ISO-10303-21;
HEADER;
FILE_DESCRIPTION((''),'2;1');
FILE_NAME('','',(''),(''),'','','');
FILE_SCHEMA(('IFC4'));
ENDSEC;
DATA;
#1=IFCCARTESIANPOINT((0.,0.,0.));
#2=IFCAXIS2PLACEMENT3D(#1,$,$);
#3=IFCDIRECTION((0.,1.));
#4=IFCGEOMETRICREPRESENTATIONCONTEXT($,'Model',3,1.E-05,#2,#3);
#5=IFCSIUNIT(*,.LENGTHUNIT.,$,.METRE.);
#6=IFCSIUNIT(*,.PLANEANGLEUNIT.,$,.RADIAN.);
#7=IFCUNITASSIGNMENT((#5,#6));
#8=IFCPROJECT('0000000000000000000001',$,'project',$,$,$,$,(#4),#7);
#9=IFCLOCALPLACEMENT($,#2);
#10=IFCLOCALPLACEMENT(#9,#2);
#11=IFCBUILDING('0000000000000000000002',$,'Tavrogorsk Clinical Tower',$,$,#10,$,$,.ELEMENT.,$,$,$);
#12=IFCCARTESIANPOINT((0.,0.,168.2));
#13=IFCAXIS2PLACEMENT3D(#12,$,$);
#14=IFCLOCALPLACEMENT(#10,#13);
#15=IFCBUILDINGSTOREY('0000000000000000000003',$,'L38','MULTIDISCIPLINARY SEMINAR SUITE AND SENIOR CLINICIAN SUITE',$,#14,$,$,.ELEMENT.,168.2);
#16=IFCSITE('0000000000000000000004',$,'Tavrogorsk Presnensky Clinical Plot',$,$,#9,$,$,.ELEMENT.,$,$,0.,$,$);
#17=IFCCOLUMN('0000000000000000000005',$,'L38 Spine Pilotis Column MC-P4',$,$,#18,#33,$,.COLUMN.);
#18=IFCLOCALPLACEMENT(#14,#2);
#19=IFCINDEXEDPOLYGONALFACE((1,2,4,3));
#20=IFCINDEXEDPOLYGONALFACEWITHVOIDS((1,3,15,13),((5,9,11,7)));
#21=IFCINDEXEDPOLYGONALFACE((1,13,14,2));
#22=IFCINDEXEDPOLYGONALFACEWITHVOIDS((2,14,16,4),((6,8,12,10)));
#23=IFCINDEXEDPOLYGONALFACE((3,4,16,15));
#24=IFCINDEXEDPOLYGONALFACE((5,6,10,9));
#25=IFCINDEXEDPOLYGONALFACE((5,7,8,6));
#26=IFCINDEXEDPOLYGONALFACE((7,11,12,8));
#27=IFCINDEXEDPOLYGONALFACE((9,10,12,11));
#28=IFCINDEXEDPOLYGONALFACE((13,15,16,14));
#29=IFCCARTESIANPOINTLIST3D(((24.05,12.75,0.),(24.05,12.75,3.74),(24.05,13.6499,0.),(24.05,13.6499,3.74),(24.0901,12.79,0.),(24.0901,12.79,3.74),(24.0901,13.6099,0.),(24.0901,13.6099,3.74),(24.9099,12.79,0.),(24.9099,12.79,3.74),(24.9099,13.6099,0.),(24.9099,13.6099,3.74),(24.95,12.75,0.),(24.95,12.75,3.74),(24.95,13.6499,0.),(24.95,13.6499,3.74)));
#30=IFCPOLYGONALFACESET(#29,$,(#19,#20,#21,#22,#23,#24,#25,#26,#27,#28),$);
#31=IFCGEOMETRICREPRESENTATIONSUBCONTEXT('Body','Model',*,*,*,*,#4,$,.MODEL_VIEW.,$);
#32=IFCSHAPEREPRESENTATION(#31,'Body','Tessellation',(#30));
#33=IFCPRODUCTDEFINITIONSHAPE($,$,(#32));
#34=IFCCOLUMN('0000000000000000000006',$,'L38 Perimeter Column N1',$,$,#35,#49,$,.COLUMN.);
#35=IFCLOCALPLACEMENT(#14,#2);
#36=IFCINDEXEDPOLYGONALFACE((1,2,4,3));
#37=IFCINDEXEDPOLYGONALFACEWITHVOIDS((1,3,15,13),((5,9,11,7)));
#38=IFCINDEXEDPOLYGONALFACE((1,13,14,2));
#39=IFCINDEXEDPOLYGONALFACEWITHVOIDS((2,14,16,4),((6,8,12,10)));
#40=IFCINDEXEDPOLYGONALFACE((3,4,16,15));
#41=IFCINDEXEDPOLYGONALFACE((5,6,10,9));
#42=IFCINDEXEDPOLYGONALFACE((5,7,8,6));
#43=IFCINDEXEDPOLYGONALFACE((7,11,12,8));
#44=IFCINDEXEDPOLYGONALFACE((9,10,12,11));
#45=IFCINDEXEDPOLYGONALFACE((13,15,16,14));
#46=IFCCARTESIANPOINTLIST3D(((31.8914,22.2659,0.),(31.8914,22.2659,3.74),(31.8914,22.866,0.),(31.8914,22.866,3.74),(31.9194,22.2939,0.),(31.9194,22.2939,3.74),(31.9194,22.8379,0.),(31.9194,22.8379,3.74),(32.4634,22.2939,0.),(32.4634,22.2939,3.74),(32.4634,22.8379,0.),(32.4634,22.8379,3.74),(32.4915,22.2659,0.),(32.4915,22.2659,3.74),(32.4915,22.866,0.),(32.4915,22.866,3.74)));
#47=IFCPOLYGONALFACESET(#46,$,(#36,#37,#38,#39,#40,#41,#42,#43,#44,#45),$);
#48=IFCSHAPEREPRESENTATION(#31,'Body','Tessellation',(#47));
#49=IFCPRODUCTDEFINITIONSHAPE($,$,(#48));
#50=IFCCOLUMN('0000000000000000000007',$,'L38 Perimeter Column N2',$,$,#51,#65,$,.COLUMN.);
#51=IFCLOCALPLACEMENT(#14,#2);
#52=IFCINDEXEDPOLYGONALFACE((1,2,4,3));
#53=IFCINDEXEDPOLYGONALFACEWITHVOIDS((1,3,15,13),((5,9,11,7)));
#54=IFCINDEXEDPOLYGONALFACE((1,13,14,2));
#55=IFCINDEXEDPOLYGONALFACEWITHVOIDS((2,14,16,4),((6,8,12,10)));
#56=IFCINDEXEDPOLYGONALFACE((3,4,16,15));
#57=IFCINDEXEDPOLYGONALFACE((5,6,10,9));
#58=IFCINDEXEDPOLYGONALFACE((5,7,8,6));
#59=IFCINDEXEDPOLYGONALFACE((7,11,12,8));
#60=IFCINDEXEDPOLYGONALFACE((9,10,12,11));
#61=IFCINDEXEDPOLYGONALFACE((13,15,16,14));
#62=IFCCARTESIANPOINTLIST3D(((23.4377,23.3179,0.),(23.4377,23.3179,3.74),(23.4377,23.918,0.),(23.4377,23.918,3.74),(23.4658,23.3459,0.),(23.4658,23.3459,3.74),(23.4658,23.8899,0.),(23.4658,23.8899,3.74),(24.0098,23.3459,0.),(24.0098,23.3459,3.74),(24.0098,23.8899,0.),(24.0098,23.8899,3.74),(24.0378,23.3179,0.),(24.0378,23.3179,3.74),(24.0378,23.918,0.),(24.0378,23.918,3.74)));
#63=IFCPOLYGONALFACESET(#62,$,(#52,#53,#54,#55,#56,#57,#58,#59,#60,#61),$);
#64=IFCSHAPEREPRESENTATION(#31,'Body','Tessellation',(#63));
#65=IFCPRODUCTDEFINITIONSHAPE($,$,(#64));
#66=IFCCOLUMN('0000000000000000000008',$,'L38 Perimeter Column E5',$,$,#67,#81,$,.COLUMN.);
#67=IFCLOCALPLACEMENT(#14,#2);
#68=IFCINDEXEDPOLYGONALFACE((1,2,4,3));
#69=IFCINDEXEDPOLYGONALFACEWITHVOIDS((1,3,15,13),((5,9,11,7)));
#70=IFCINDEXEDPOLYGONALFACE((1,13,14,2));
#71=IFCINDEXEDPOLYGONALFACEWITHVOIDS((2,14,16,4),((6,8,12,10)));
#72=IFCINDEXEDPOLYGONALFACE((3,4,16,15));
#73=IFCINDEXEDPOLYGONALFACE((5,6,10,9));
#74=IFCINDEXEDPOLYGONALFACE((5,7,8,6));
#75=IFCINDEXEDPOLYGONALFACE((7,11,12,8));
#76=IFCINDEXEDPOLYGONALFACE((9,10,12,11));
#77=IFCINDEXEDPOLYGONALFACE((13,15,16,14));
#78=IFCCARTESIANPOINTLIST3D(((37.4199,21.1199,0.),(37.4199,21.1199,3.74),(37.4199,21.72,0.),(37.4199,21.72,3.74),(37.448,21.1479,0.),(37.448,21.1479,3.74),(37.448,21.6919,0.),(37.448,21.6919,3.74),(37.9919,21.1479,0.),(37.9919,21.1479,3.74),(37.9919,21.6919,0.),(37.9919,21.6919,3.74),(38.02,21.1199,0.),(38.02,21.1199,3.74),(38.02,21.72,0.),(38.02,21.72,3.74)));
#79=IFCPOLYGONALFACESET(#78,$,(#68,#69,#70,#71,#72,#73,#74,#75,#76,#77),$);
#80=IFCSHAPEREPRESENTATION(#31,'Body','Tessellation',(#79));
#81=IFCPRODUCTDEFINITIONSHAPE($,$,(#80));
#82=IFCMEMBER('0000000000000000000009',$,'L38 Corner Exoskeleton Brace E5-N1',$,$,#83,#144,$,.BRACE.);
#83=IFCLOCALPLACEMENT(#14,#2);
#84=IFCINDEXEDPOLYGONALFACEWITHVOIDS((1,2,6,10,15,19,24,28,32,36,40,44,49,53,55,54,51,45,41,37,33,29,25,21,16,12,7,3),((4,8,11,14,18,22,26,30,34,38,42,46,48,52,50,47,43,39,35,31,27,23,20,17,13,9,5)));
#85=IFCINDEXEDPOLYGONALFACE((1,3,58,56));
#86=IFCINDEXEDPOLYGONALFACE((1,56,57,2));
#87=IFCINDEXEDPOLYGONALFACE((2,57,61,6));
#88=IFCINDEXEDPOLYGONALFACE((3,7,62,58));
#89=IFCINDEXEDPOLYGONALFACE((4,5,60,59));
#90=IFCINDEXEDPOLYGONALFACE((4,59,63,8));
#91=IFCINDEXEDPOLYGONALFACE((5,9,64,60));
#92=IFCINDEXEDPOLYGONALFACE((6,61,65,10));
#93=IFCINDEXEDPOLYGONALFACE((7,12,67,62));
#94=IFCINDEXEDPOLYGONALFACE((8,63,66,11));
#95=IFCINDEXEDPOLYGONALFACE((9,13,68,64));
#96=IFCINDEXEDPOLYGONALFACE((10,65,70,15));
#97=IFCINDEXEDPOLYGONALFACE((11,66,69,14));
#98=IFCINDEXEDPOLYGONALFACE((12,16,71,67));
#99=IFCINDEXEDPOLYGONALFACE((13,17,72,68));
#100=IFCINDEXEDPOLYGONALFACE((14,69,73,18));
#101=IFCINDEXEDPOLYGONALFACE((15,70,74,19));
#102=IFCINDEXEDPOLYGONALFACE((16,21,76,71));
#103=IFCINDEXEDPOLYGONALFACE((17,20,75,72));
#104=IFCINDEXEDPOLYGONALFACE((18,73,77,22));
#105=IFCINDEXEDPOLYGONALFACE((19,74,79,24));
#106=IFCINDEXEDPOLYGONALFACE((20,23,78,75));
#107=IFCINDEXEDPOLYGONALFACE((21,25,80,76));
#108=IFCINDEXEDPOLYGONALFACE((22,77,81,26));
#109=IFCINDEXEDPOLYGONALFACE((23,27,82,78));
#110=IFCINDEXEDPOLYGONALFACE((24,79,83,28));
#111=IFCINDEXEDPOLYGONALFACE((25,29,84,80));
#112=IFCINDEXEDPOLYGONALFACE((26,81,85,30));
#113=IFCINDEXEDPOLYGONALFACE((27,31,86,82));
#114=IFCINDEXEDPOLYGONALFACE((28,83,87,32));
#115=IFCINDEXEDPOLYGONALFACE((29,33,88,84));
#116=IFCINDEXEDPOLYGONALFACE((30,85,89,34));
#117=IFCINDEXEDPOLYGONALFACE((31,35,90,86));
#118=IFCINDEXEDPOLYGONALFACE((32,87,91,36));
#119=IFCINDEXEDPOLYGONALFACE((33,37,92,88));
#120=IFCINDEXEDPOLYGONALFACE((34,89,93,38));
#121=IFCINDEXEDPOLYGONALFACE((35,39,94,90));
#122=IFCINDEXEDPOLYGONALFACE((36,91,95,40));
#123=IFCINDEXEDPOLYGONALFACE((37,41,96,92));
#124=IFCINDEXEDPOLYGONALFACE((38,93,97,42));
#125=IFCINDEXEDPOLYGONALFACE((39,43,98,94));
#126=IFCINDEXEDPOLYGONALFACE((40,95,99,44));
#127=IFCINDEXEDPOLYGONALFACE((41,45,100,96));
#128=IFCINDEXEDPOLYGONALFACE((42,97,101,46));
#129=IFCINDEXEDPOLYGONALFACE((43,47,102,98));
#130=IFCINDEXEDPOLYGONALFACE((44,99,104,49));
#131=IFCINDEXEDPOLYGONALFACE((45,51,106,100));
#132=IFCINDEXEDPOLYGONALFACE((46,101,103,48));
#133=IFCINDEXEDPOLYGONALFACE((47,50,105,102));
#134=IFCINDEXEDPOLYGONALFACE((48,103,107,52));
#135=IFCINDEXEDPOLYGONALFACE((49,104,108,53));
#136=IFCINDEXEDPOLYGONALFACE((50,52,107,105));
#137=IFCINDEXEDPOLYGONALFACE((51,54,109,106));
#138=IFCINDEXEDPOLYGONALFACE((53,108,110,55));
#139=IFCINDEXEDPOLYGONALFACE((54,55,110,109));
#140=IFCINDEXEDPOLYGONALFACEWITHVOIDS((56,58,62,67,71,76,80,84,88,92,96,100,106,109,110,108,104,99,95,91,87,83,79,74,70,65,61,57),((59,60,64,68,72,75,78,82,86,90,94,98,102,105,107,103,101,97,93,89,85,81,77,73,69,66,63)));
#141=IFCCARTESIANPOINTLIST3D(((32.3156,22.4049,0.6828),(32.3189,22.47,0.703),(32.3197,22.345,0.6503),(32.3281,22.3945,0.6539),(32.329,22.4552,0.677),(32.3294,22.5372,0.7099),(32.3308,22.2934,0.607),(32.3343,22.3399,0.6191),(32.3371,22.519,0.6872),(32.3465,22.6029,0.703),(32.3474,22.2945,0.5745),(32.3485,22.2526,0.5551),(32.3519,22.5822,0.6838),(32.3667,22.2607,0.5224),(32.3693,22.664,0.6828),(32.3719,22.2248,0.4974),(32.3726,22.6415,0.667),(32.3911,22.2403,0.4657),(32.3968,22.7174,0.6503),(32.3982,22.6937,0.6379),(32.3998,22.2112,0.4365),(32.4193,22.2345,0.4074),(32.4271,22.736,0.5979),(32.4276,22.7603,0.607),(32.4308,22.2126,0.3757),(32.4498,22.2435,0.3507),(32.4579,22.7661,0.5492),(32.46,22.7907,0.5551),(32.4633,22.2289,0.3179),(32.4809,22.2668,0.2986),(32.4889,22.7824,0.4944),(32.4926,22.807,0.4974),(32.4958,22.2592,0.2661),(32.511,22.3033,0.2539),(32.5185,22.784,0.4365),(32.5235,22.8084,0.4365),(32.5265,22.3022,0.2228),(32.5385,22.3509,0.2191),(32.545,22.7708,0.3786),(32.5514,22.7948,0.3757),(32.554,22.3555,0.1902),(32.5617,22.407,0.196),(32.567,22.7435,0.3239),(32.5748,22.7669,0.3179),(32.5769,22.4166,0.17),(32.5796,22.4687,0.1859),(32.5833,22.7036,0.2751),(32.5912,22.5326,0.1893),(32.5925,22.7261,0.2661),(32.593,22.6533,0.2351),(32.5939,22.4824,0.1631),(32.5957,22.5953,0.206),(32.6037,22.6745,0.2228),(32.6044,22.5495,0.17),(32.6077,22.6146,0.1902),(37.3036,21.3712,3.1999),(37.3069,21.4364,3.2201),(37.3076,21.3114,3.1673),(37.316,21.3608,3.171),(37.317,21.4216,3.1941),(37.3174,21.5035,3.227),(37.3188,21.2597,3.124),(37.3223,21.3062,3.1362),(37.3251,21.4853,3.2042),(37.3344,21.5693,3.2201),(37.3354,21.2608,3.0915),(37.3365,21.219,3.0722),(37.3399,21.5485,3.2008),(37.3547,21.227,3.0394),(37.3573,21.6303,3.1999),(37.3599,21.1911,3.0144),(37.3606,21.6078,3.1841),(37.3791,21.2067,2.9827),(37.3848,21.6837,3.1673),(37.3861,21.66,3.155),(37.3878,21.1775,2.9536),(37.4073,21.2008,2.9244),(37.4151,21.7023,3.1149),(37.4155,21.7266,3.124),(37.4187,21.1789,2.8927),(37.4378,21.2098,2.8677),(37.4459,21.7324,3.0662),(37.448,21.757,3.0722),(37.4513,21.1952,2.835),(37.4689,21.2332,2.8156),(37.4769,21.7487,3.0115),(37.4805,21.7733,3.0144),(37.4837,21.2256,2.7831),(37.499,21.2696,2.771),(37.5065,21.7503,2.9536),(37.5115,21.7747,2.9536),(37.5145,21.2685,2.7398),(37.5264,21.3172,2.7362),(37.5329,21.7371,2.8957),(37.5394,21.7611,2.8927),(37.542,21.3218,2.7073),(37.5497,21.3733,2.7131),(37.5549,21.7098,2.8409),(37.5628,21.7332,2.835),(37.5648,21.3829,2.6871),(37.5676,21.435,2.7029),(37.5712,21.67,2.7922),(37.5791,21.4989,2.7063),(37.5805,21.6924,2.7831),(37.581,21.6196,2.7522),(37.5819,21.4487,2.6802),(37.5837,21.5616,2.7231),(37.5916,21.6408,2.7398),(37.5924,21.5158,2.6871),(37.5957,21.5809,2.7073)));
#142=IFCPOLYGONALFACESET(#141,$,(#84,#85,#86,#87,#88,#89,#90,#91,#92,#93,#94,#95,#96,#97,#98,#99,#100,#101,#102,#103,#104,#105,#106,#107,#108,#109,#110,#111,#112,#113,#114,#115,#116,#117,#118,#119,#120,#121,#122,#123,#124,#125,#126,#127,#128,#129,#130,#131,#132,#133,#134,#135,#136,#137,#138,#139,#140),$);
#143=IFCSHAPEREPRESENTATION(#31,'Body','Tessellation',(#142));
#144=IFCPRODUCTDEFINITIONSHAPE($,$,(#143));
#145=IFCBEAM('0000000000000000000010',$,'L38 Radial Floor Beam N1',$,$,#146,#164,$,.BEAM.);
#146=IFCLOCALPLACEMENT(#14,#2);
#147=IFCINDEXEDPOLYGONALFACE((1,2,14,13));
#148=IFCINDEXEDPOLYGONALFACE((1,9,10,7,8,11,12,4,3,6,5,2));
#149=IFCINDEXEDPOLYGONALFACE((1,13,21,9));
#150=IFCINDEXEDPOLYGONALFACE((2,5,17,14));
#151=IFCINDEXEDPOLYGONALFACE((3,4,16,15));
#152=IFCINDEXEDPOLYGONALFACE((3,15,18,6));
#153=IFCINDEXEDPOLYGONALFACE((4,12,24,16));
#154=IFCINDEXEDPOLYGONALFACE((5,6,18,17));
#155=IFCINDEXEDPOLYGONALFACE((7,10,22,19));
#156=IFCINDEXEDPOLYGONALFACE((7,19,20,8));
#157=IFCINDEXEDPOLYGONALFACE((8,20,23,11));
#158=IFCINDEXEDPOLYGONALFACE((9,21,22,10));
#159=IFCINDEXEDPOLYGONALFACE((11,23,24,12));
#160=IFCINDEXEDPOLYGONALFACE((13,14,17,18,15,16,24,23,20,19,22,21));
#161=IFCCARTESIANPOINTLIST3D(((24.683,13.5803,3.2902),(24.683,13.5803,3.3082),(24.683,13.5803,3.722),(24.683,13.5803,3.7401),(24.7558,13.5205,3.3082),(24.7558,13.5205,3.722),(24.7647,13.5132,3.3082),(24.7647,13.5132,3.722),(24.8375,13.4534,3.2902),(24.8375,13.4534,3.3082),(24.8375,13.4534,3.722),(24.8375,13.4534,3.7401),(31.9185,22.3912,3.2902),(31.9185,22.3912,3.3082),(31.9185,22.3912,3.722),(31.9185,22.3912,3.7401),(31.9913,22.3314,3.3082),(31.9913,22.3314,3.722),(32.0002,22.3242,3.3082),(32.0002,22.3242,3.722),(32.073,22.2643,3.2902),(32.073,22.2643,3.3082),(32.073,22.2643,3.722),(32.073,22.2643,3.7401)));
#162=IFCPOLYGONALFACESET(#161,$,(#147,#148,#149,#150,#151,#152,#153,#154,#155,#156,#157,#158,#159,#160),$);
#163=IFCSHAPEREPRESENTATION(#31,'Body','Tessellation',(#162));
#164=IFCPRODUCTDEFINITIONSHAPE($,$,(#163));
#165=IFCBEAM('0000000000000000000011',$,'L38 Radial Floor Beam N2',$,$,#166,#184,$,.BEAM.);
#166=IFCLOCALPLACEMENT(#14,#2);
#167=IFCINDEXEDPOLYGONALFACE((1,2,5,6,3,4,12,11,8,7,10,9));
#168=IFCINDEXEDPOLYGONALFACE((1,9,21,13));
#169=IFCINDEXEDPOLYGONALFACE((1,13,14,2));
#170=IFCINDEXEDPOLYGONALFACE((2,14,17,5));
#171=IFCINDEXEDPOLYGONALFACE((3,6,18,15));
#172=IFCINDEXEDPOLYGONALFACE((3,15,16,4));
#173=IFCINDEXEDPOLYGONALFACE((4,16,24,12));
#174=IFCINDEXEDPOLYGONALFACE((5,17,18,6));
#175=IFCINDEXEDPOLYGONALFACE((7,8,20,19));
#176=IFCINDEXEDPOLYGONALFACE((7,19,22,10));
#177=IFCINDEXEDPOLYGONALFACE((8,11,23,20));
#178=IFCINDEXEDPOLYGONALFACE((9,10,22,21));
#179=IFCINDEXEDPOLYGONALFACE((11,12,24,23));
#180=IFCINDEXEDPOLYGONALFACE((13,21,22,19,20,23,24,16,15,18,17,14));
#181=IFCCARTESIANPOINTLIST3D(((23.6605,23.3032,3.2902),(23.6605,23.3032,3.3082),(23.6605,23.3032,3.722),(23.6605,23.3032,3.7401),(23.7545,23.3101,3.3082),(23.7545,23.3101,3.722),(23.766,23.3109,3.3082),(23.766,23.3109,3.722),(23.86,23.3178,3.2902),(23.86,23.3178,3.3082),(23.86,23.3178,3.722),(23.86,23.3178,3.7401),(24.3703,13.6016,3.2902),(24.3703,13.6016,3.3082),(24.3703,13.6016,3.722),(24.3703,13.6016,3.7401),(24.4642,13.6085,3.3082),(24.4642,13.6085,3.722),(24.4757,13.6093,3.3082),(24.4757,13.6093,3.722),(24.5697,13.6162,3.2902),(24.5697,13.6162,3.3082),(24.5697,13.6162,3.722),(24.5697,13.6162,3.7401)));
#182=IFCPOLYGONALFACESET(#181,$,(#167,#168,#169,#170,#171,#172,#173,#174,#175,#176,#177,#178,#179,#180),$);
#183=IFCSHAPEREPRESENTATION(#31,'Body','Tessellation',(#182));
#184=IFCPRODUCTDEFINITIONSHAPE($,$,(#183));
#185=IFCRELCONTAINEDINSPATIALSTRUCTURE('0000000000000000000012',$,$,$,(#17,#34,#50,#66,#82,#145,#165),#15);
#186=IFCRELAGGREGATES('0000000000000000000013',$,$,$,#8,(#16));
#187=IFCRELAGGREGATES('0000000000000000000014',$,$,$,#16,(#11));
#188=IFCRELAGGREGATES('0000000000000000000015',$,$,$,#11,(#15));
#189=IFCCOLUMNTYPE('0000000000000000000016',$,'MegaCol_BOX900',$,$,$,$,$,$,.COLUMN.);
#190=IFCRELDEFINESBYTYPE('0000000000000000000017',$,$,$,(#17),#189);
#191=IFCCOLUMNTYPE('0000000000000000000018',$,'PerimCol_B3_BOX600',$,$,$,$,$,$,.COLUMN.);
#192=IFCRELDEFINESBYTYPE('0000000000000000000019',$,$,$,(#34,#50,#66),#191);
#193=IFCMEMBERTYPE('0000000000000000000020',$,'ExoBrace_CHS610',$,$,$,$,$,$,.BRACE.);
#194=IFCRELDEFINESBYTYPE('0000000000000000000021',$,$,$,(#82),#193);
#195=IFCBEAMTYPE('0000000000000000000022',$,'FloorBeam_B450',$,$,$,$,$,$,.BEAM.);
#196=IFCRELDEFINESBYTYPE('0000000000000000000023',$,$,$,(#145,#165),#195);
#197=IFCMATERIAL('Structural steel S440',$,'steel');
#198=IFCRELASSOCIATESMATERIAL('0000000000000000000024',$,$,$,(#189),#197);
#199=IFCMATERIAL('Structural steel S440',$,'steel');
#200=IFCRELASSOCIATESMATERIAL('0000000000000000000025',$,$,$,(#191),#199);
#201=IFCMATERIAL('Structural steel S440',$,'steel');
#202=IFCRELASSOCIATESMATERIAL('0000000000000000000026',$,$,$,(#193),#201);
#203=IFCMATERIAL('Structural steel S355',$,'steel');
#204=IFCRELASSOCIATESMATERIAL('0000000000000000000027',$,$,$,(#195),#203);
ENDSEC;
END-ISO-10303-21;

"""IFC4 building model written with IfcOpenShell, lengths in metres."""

from ifc_helpers import new_model, si_unit, direction, frame, origin, origin_2d, place, context, subcontext, project, spatial, hollow_rectangle, hollow_circle, i_section, extrude, material, material_profile, profile_set, type_object, element, save


model = new_model("IFC4")

# Units and contexts
model_context = context("Model", 3, precision=1e-05, world=origin(), true_north=direction((0.0, 1.0)))
body_context = subcontext(model_context, "Body", "Model", "MODEL_VIEW")
ifc_project = project(units=[si_unit("LENGTHUNIT", "METRE"), si_unit("PLANEANGLEUNIT", "RADIAN")], contexts=[model_context])

# Site, building, storey
site_placement = place(None, origin())
site = spatial("IfcSite", under=ifc_project, at=site_placement, Name="Tavrogorsk Presnensky Clinical Plot", CompositionType="ELEMENT", RefElevation=0.0)
building_placement = place(site_placement, origin())
building = spatial("IfcBuilding", under=site, at=building_placement, Name="Tavrogorsk Clinical Tower", CompositionType="ELEMENT")
storey_placement = place(building_placement, frame((0.0, 0.0, 168.2)))
storey = spatial("IfcBuildingStorey", under=building, at=storey_placement, Name="L38", Description="MULTIDISCIPLINARY SEMINAR SUITE AND SENIOR CLINICIAN SUITE", CompositionType="ELEMENT", Elevation=168.2)

# Columns
ifc_material_1 = material(Name="Structural steel S440", Category="steel")
ifc_material_profile_1 = material_profile(ifc_material_1, hollow_rectangle(XDim=0.8999, YDim=0.8999, WallThickness=0.04, at=origin_2d()), Name="BOX-900x900x40")
ifc_profile_set_1 = profile_set([ifc_material_profile_1], Name="Structural steel S440")
column_type_1 = type_object("IfcColumnType", Name="MegaCol_BOX900", PredefinedType="COLUMN", material=ifc_profile_set_1)
column_placement = place(storey_placement, frame((24.5, 13.2, 0.0), z_axis=(0.0, 0.0, 1.0), x_axis=(1.0, 0.0, 0.0)))
element("IfcColumn", 1, at=column_placement, inside=storey, type_object=column_type_1, Name="L38 Spine Pilotis Column MC-P4", PredefinedType="COLUMN", context=body_context, shape_type="SweptSolid", body=[
    extrude(hollow_rectangle(XDim=0.8999, YDim=0.8999, WallThickness=0.04, at=origin_2d()), origin(), (0.0, 0.0, 1.0), 3.74),
])
ifc_material_2 = material(Name="Structural steel S440", Category="steel")
ifc_material_profile_2 = material_profile(ifc_material_2, hollow_rectangle(XDim=0.6001, YDim=0.6001, WallThickness=0.0281, at=origin_2d()), Name="BOX-600x600x28")
ifc_profile_set_2 = profile_set([ifc_material_profile_2], Name="Structural steel S440")
column_type_2 = type_object("IfcColumnType", Name="PerimCol_B3_BOX600", PredefinedType="COLUMN", material=ifc_profile_set_2)
for number, where, z_axis, x_axis, name in (
    (2, (32.1914, 22.5659, 0.0), (0.0, 0.0, 1.0), (1.0, 0.0, 0.0), "L38 Perimeter Column N1"),
    (3, (23.7378, 23.6179, 0.0), (0.0, 0.0, 1.0), (1.0, 0.0, 0.0), "L38 Perimeter Column N2"),
    (4, (37.72, 21.4199, 0.0), (0.0, 0.0, 1.0), (1.0, 0.0, 0.0), "L38 Perimeter Column E5"),
):
    element("IfcColumn", number, at=place(storey_placement, frame(where, z_axis=z_axis, x_axis=x_axis)), inside=storey, type_object=column_type_2, Name=name, PredefinedType="COLUMN", context=body_context, shape_type="SweptSolid", body=[
        extrude(hollow_rectangle(XDim=0.6001, YDim=0.6001, WallThickness=0.0281, at=origin_2d()), origin(), (0.0, 0.0, 1.0), 3.74),
    ])

# Member
ifc_material_3 = material(Name="Structural steel S440", Category="steel")
ifc_material_profile_3 = material_profile(ifc_material_3, hollow_circle(Radius=0.3049, WallThickness=0.0249, at=origin_2d()), Name="CHS-610x25")
ifc_profile_set_3 = profile_set([ifc_material_profile_3], Name="Structural steel S440")
member_type_1 = type_object("IfcMemberType", Name="ExoBrace_CHS610", PredefinedType="BRACE", material=ifc_profile_set_3)
member_1_placement = place(storey_placement, frame((32.4617, 22.5098, 0.4365), z_axis=(0.877871, -0.181925, 0.442996), x_axis=(0.202923, 0.979195, 0.0)))
element("IfcMember", 5, at=member_1_placement, inside=storey, type_object=member_type_1, Name="L38 Corner Exoskeleton Brace E5-N1", PredefinedType="BRACE", context=body_context, shape_type="SweptSolid", body=[
    extrude(hollow_circle(Radius=0.3049, WallThickness=0.0249, at=origin_2d()), origin(), (0.0, 0.0, 1.0), 5.6819),
])

# Beams
ifc_material_4 = material(Name="Structural steel S355", Category="steel")
ifc_material_profile_4 = material_profile(ifc_material_4, i_section(OverallWidth=0.2, OverallDepth=0.45, WebThickness=0.0115, FlangeThickness=0.0181, at=origin_2d()), Name="B-450x200x11.5x18")
ifc_profile_set_4 = profile_set([ifc_material_profile_4], Name="Structural steel S355")
beam_type_1 = type_object("IfcBeamType", Name="FloorBeam_B450", PredefinedType="BEAM", material=ifc_profile_set_4)
beam_1_placement = place(storey_placement, frame((24.7603, 13.5168, 3.5151), z_axis=(0.634633, 0.772814, 0.0), x_axis=(-0.772814, 0.634633, 0.0)))
element("IfcBeam", 6, at=beam_1_placement, inside=storey, type_object=beam_type_1, Name="L38 Radial Floor Beam N1", PredefinedType="BEAM", context=body_context, shape_type="SweptSolid", body=[
    extrude(i_section(OverallWidth=0.2, OverallDepth=0.45, WebThickness=0.0115, FlangeThickness=0.0181, at=origin_2d()), origin(), (0.0, 0.0, 1.0), 11.4011),
])
beam_2_placement = place(storey_placement, frame((24.47, 13.6089, 3.5151), z_axis=(-0.072959, 0.997335, 0.0), x_axis=(-0.997335, -0.072959, 0.0)))
element("IfcBeam", 7, at=beam_2_placement, inside=storey, type_object=beam_type_1, Name="L38 Radial Floor Beam N2", PredefinedType="BEAM", context=body_context, shape_type="SweptSolid", body=[
    extrude(i_section(OverallWidth=0.2, OverallDepth=0.45, WebThickness=0.0115, FlangeThickness=0.0181, at=origin_2d()), origin(), (0.0, 0.0, 1.0), 9.7275),
])

save(model, "model.ifc")
